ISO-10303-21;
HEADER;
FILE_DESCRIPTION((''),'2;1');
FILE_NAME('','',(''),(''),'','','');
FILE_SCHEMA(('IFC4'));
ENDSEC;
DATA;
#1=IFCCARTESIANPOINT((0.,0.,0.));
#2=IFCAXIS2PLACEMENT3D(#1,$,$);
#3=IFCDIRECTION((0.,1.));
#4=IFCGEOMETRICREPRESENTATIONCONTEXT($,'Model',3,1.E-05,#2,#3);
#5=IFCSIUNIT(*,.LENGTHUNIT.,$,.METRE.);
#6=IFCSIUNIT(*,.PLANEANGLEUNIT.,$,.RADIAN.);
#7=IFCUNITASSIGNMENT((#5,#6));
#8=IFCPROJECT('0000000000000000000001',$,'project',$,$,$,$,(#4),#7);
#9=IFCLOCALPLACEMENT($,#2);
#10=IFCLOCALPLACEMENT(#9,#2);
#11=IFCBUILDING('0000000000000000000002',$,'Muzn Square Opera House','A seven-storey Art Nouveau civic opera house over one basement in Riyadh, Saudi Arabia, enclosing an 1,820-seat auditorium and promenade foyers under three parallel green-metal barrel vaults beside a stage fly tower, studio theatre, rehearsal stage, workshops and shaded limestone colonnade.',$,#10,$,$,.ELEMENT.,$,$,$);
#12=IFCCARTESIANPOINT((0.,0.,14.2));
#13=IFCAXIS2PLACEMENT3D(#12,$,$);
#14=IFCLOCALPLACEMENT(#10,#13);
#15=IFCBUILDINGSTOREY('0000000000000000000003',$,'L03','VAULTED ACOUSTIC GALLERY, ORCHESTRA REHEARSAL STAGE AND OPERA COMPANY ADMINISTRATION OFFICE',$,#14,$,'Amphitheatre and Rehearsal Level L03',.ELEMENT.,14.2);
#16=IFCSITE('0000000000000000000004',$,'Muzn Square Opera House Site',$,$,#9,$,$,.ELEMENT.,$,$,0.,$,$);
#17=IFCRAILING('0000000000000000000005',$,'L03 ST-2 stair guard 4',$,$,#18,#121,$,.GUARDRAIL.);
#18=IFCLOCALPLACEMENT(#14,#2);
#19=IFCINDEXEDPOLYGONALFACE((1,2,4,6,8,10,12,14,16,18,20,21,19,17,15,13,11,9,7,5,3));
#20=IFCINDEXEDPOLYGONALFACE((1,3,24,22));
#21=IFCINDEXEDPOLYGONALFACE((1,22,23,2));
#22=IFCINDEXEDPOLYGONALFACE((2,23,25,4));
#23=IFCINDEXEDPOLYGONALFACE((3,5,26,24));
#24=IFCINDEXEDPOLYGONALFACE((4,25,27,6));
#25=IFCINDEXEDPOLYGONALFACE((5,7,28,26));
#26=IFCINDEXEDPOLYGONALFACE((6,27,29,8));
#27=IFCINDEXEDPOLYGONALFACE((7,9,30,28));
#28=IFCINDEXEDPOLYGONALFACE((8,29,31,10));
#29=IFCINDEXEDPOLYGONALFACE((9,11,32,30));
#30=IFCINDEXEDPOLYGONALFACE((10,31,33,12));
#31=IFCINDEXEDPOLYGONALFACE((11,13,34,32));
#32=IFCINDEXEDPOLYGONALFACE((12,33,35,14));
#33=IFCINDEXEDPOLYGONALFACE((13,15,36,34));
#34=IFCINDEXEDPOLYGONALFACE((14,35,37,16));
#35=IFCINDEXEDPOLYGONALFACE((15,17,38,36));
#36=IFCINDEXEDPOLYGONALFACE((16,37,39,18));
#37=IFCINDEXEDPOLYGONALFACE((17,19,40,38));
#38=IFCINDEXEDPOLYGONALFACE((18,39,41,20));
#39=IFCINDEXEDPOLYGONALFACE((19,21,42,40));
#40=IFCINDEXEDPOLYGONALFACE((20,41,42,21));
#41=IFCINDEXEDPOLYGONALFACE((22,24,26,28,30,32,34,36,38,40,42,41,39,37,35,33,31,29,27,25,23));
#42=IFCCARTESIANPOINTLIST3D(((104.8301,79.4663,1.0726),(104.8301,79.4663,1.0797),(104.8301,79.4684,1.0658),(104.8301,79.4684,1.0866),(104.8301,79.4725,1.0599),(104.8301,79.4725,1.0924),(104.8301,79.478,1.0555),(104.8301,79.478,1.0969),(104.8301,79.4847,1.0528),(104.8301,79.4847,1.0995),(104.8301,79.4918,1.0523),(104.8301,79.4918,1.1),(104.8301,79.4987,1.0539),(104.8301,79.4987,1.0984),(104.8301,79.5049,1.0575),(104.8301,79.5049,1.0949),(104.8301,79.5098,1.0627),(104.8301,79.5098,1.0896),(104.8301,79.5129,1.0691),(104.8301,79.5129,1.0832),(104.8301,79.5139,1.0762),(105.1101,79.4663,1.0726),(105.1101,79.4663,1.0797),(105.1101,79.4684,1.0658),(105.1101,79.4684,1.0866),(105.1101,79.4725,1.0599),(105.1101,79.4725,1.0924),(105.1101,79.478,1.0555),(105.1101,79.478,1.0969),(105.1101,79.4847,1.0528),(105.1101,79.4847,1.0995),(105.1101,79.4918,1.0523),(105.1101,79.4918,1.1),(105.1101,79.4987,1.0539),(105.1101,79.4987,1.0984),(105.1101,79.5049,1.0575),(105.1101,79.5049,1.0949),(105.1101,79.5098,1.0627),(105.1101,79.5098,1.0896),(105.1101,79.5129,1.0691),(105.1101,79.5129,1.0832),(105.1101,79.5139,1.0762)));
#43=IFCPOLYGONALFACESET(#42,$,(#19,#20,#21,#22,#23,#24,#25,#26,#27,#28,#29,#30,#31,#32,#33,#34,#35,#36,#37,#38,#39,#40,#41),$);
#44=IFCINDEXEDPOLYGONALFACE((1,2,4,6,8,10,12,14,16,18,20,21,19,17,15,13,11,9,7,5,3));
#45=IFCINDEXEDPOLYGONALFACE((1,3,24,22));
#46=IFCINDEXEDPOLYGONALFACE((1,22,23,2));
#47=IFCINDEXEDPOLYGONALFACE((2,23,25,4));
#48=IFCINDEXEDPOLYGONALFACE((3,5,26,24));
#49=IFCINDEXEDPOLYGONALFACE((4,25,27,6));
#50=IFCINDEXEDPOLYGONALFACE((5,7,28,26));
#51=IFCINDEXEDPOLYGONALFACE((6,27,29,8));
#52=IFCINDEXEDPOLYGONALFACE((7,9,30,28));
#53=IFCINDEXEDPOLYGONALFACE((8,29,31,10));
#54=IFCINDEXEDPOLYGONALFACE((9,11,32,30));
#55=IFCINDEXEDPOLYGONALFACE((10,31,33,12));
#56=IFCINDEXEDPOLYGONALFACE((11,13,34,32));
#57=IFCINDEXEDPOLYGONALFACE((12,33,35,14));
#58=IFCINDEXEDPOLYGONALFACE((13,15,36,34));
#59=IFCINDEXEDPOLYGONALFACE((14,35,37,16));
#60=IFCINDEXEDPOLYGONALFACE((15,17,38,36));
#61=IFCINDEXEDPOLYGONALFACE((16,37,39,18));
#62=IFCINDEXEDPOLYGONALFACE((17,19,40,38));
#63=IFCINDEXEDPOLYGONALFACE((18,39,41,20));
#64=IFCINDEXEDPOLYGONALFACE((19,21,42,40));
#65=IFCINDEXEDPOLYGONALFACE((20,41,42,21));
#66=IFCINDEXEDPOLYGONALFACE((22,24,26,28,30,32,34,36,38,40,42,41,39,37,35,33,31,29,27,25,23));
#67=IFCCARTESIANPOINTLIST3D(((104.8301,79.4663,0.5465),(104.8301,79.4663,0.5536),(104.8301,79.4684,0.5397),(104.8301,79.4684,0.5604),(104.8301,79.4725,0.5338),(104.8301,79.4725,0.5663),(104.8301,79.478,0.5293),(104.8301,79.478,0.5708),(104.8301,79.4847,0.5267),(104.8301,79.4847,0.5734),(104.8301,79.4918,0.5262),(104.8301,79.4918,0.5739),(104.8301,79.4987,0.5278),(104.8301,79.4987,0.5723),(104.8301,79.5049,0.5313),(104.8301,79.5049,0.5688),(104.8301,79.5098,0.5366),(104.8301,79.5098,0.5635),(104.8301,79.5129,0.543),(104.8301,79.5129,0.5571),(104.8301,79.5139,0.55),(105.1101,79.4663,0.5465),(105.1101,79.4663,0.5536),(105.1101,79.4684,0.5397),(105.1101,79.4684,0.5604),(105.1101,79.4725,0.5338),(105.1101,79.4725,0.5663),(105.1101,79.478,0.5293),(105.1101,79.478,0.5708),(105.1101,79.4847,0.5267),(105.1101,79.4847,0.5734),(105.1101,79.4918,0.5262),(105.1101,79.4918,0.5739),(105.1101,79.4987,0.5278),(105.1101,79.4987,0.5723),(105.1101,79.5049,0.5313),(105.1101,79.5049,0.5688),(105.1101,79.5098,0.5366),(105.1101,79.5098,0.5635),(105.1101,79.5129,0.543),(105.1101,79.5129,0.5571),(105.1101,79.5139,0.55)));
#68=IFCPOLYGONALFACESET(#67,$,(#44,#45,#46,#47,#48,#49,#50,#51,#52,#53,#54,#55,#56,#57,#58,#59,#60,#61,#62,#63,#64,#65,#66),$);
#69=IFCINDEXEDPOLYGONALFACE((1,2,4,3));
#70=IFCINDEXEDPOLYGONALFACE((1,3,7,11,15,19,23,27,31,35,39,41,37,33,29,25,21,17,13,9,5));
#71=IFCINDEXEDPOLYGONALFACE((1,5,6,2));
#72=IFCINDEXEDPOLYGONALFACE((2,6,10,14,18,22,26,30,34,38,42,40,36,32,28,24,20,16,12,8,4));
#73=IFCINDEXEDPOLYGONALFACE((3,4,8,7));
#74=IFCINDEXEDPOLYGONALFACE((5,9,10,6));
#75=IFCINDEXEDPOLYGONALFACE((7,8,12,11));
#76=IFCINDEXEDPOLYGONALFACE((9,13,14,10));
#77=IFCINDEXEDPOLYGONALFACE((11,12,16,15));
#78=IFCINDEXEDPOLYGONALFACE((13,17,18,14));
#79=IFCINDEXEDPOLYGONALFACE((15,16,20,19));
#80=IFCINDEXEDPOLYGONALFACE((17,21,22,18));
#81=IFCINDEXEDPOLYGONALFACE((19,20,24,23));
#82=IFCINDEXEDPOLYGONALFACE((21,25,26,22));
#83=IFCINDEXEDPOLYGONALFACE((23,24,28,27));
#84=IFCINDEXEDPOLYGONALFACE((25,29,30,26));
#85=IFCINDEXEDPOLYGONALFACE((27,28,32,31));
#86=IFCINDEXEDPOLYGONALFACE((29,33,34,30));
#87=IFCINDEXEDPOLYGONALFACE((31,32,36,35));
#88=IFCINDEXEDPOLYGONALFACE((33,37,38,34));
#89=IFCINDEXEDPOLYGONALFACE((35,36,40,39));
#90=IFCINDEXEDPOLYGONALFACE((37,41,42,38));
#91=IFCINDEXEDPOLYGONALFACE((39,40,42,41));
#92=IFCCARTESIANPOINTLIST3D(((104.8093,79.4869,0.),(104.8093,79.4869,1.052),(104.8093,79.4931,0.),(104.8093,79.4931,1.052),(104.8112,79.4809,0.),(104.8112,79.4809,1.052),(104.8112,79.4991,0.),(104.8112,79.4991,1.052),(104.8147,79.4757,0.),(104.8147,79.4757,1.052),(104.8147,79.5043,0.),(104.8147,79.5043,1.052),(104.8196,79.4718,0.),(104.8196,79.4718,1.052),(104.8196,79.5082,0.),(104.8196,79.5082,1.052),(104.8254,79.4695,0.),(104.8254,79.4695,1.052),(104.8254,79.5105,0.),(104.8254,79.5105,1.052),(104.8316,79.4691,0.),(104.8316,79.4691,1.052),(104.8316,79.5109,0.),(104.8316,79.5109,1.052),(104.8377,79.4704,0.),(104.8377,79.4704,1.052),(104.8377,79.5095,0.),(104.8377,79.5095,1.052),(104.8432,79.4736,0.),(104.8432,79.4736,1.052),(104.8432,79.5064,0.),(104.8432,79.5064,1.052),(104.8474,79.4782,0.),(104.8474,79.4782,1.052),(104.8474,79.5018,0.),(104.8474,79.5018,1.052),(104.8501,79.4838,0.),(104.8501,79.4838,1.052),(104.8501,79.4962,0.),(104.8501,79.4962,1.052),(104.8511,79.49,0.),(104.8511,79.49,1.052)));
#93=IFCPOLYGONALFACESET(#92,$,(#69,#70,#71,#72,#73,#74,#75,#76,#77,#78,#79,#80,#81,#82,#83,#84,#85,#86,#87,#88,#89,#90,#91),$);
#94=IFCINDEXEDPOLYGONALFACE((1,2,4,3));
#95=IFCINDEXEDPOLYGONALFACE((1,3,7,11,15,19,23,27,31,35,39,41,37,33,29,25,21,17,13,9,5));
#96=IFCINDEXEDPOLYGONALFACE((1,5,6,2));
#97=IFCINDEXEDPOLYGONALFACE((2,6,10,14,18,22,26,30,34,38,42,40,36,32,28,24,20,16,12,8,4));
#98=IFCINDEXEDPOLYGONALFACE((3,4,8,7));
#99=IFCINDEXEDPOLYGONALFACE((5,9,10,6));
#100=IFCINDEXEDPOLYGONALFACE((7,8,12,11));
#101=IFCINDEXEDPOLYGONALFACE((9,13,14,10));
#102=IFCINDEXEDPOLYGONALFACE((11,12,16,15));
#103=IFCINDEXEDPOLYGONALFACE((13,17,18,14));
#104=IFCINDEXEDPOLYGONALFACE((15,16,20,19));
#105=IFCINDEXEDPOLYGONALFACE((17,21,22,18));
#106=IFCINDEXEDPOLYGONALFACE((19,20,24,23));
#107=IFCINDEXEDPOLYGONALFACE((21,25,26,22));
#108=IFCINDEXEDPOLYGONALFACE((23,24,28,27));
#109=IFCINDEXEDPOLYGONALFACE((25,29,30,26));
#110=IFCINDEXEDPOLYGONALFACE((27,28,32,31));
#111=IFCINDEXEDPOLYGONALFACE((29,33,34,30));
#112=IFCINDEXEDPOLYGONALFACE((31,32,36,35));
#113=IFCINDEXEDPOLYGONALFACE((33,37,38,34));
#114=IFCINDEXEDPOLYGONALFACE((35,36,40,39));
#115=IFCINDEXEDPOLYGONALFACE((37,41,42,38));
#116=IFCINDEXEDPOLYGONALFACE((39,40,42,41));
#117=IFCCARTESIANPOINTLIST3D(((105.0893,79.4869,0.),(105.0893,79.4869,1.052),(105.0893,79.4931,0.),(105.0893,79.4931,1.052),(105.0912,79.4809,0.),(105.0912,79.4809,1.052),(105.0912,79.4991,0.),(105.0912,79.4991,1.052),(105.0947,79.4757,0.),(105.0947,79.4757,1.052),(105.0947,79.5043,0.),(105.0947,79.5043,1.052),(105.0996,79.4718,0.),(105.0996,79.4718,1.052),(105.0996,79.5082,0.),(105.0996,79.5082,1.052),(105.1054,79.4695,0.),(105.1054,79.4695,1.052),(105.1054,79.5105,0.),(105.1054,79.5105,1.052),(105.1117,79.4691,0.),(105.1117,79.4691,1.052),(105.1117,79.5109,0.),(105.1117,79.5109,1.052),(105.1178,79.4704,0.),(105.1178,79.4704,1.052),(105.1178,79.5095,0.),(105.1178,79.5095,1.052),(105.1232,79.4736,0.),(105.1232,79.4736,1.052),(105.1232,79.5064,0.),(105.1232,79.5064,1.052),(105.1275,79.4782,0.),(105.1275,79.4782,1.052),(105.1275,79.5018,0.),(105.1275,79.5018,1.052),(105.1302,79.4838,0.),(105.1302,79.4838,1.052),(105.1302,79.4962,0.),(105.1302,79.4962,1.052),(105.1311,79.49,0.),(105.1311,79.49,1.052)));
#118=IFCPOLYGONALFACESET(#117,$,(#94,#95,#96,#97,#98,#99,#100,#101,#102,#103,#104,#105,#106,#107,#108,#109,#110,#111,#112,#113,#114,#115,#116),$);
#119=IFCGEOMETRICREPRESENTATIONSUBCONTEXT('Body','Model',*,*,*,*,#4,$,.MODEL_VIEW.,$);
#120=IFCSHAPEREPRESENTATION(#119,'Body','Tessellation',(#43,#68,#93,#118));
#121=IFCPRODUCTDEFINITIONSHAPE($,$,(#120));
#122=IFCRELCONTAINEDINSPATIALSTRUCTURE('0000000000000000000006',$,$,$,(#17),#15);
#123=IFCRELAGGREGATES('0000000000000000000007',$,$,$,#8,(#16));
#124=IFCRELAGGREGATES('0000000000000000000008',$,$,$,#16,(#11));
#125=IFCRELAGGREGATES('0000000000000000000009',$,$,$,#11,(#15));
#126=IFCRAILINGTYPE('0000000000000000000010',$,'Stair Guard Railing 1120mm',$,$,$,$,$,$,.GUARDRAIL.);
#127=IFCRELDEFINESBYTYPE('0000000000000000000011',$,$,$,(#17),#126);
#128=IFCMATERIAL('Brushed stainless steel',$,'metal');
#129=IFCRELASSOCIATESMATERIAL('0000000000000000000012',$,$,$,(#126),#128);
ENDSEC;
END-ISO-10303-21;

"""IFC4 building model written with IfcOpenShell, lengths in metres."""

from ifc_helpers import new_model, si_unit, direction, frame, origin, origin_2d, place, context, subcontext, project, spatial, circle, extrude, material, type_object, element, save


model = new_model("IFC4")

# Units and contexts
model_context = context("Model", 3, precision=1e-05, world=origin(), true_north=direction((0.0, 1.0)))
body_context = subcontext(model_context, "Body", "Model", "MODEL_VIEW")
ifc_project = project(units=[si_unit("LENGTHUNIT", "METRE"), si_unit("PLANEANGLEUNIT", "RADIAN")], contexts=[model_context])

# Site, building, storey
site_placement = place(None, origin())
site = spatial("IfcSite", under=ifc_project, at=site_placement, Name="Muzn Square Opera House Site", CompositionType="ELEMENT", RefElevation=0.0)
building_placement = place(site_placement, origin())
building = spatial("IfcBuilding", under=site, at=building_placement, Name="Muzn Square Opera House", Description="A seven-storey Art Nouveau civic opera house over one basement in Riyadh, Saudi Arabia, enclosing an 1,820-seat auditorium and promenade foyers under three parallel green-metal barrel vaults beside a stage fly tower, studio theatre, rehearsal stage, workshops and shaded limestone colonnade.", CompositionType="ELEMENT")
storey_placement = place(building_placement, frame((0.0, 0.0, 14.2)))
storey = spatial("IfcBuildingStorey", under=building, at=storey_placement, Name="L03", Description="VAULTED ACOUSTIC GALLERY, ORCHESTRA REHEARSAL STAGE AND OPERA COMPANY ADMINISTRATION OFFICE", LongName="Amphitheatre and Rehearsal Level L03", CompositionType="ELEMENT", Elevation=14.2)

# Shared definitions
ifc_material_1 = material(Name="Brushed stainless steel", Category="metal")

# Railing
railing_type_1 = type_object("IfcRailingType", Name="Stair Guard Railing 1120mm", PredefinedType="GUARDRAIL", material=ifc_material_1)
railing_1_placement = place(storey_placement, frame((104.8301, 79.49, 0.0)))
element("IfcRailing", 1, at=railing_1_placement, inside=storey, type_object=railing_type_1, Name="L03 ST-2 stair guard 4", PredefinedType="GUARDRAIL", context=body_context, shape_type="SweptSolid", body=[
    extrude(circle(Radius=0.0239, at=origin_2d()), frame((0.0, 0.0, 1.0762), z_axis=(1.0, 0.0, 0.0), x_axis=(0.0, 1.0, 0.0)), (0.0, 0.0, 1.0), 0.28),
    extrude(circle(Radius=0.0239, at=origin_2d()), frame((0.0, 0.0, 0.55), z_axis=(1.0, 0.0, 0.0), x_axis=(0.0, 1.0, 0.0)), (0.0, 0.0, 1.0), 0.28),
    extrude(circle(Radius=0.021, at=origin_2d()), origin(), (0.0, 0.0, 1.0), 1.052),
    extrude(circle(Radius=0.021, at=origin_2d()), frame((0.28, 0.0, 0.0)), (0.0, 0.0, 1.0), 1.052),
])

save(model, "model.ifc")
